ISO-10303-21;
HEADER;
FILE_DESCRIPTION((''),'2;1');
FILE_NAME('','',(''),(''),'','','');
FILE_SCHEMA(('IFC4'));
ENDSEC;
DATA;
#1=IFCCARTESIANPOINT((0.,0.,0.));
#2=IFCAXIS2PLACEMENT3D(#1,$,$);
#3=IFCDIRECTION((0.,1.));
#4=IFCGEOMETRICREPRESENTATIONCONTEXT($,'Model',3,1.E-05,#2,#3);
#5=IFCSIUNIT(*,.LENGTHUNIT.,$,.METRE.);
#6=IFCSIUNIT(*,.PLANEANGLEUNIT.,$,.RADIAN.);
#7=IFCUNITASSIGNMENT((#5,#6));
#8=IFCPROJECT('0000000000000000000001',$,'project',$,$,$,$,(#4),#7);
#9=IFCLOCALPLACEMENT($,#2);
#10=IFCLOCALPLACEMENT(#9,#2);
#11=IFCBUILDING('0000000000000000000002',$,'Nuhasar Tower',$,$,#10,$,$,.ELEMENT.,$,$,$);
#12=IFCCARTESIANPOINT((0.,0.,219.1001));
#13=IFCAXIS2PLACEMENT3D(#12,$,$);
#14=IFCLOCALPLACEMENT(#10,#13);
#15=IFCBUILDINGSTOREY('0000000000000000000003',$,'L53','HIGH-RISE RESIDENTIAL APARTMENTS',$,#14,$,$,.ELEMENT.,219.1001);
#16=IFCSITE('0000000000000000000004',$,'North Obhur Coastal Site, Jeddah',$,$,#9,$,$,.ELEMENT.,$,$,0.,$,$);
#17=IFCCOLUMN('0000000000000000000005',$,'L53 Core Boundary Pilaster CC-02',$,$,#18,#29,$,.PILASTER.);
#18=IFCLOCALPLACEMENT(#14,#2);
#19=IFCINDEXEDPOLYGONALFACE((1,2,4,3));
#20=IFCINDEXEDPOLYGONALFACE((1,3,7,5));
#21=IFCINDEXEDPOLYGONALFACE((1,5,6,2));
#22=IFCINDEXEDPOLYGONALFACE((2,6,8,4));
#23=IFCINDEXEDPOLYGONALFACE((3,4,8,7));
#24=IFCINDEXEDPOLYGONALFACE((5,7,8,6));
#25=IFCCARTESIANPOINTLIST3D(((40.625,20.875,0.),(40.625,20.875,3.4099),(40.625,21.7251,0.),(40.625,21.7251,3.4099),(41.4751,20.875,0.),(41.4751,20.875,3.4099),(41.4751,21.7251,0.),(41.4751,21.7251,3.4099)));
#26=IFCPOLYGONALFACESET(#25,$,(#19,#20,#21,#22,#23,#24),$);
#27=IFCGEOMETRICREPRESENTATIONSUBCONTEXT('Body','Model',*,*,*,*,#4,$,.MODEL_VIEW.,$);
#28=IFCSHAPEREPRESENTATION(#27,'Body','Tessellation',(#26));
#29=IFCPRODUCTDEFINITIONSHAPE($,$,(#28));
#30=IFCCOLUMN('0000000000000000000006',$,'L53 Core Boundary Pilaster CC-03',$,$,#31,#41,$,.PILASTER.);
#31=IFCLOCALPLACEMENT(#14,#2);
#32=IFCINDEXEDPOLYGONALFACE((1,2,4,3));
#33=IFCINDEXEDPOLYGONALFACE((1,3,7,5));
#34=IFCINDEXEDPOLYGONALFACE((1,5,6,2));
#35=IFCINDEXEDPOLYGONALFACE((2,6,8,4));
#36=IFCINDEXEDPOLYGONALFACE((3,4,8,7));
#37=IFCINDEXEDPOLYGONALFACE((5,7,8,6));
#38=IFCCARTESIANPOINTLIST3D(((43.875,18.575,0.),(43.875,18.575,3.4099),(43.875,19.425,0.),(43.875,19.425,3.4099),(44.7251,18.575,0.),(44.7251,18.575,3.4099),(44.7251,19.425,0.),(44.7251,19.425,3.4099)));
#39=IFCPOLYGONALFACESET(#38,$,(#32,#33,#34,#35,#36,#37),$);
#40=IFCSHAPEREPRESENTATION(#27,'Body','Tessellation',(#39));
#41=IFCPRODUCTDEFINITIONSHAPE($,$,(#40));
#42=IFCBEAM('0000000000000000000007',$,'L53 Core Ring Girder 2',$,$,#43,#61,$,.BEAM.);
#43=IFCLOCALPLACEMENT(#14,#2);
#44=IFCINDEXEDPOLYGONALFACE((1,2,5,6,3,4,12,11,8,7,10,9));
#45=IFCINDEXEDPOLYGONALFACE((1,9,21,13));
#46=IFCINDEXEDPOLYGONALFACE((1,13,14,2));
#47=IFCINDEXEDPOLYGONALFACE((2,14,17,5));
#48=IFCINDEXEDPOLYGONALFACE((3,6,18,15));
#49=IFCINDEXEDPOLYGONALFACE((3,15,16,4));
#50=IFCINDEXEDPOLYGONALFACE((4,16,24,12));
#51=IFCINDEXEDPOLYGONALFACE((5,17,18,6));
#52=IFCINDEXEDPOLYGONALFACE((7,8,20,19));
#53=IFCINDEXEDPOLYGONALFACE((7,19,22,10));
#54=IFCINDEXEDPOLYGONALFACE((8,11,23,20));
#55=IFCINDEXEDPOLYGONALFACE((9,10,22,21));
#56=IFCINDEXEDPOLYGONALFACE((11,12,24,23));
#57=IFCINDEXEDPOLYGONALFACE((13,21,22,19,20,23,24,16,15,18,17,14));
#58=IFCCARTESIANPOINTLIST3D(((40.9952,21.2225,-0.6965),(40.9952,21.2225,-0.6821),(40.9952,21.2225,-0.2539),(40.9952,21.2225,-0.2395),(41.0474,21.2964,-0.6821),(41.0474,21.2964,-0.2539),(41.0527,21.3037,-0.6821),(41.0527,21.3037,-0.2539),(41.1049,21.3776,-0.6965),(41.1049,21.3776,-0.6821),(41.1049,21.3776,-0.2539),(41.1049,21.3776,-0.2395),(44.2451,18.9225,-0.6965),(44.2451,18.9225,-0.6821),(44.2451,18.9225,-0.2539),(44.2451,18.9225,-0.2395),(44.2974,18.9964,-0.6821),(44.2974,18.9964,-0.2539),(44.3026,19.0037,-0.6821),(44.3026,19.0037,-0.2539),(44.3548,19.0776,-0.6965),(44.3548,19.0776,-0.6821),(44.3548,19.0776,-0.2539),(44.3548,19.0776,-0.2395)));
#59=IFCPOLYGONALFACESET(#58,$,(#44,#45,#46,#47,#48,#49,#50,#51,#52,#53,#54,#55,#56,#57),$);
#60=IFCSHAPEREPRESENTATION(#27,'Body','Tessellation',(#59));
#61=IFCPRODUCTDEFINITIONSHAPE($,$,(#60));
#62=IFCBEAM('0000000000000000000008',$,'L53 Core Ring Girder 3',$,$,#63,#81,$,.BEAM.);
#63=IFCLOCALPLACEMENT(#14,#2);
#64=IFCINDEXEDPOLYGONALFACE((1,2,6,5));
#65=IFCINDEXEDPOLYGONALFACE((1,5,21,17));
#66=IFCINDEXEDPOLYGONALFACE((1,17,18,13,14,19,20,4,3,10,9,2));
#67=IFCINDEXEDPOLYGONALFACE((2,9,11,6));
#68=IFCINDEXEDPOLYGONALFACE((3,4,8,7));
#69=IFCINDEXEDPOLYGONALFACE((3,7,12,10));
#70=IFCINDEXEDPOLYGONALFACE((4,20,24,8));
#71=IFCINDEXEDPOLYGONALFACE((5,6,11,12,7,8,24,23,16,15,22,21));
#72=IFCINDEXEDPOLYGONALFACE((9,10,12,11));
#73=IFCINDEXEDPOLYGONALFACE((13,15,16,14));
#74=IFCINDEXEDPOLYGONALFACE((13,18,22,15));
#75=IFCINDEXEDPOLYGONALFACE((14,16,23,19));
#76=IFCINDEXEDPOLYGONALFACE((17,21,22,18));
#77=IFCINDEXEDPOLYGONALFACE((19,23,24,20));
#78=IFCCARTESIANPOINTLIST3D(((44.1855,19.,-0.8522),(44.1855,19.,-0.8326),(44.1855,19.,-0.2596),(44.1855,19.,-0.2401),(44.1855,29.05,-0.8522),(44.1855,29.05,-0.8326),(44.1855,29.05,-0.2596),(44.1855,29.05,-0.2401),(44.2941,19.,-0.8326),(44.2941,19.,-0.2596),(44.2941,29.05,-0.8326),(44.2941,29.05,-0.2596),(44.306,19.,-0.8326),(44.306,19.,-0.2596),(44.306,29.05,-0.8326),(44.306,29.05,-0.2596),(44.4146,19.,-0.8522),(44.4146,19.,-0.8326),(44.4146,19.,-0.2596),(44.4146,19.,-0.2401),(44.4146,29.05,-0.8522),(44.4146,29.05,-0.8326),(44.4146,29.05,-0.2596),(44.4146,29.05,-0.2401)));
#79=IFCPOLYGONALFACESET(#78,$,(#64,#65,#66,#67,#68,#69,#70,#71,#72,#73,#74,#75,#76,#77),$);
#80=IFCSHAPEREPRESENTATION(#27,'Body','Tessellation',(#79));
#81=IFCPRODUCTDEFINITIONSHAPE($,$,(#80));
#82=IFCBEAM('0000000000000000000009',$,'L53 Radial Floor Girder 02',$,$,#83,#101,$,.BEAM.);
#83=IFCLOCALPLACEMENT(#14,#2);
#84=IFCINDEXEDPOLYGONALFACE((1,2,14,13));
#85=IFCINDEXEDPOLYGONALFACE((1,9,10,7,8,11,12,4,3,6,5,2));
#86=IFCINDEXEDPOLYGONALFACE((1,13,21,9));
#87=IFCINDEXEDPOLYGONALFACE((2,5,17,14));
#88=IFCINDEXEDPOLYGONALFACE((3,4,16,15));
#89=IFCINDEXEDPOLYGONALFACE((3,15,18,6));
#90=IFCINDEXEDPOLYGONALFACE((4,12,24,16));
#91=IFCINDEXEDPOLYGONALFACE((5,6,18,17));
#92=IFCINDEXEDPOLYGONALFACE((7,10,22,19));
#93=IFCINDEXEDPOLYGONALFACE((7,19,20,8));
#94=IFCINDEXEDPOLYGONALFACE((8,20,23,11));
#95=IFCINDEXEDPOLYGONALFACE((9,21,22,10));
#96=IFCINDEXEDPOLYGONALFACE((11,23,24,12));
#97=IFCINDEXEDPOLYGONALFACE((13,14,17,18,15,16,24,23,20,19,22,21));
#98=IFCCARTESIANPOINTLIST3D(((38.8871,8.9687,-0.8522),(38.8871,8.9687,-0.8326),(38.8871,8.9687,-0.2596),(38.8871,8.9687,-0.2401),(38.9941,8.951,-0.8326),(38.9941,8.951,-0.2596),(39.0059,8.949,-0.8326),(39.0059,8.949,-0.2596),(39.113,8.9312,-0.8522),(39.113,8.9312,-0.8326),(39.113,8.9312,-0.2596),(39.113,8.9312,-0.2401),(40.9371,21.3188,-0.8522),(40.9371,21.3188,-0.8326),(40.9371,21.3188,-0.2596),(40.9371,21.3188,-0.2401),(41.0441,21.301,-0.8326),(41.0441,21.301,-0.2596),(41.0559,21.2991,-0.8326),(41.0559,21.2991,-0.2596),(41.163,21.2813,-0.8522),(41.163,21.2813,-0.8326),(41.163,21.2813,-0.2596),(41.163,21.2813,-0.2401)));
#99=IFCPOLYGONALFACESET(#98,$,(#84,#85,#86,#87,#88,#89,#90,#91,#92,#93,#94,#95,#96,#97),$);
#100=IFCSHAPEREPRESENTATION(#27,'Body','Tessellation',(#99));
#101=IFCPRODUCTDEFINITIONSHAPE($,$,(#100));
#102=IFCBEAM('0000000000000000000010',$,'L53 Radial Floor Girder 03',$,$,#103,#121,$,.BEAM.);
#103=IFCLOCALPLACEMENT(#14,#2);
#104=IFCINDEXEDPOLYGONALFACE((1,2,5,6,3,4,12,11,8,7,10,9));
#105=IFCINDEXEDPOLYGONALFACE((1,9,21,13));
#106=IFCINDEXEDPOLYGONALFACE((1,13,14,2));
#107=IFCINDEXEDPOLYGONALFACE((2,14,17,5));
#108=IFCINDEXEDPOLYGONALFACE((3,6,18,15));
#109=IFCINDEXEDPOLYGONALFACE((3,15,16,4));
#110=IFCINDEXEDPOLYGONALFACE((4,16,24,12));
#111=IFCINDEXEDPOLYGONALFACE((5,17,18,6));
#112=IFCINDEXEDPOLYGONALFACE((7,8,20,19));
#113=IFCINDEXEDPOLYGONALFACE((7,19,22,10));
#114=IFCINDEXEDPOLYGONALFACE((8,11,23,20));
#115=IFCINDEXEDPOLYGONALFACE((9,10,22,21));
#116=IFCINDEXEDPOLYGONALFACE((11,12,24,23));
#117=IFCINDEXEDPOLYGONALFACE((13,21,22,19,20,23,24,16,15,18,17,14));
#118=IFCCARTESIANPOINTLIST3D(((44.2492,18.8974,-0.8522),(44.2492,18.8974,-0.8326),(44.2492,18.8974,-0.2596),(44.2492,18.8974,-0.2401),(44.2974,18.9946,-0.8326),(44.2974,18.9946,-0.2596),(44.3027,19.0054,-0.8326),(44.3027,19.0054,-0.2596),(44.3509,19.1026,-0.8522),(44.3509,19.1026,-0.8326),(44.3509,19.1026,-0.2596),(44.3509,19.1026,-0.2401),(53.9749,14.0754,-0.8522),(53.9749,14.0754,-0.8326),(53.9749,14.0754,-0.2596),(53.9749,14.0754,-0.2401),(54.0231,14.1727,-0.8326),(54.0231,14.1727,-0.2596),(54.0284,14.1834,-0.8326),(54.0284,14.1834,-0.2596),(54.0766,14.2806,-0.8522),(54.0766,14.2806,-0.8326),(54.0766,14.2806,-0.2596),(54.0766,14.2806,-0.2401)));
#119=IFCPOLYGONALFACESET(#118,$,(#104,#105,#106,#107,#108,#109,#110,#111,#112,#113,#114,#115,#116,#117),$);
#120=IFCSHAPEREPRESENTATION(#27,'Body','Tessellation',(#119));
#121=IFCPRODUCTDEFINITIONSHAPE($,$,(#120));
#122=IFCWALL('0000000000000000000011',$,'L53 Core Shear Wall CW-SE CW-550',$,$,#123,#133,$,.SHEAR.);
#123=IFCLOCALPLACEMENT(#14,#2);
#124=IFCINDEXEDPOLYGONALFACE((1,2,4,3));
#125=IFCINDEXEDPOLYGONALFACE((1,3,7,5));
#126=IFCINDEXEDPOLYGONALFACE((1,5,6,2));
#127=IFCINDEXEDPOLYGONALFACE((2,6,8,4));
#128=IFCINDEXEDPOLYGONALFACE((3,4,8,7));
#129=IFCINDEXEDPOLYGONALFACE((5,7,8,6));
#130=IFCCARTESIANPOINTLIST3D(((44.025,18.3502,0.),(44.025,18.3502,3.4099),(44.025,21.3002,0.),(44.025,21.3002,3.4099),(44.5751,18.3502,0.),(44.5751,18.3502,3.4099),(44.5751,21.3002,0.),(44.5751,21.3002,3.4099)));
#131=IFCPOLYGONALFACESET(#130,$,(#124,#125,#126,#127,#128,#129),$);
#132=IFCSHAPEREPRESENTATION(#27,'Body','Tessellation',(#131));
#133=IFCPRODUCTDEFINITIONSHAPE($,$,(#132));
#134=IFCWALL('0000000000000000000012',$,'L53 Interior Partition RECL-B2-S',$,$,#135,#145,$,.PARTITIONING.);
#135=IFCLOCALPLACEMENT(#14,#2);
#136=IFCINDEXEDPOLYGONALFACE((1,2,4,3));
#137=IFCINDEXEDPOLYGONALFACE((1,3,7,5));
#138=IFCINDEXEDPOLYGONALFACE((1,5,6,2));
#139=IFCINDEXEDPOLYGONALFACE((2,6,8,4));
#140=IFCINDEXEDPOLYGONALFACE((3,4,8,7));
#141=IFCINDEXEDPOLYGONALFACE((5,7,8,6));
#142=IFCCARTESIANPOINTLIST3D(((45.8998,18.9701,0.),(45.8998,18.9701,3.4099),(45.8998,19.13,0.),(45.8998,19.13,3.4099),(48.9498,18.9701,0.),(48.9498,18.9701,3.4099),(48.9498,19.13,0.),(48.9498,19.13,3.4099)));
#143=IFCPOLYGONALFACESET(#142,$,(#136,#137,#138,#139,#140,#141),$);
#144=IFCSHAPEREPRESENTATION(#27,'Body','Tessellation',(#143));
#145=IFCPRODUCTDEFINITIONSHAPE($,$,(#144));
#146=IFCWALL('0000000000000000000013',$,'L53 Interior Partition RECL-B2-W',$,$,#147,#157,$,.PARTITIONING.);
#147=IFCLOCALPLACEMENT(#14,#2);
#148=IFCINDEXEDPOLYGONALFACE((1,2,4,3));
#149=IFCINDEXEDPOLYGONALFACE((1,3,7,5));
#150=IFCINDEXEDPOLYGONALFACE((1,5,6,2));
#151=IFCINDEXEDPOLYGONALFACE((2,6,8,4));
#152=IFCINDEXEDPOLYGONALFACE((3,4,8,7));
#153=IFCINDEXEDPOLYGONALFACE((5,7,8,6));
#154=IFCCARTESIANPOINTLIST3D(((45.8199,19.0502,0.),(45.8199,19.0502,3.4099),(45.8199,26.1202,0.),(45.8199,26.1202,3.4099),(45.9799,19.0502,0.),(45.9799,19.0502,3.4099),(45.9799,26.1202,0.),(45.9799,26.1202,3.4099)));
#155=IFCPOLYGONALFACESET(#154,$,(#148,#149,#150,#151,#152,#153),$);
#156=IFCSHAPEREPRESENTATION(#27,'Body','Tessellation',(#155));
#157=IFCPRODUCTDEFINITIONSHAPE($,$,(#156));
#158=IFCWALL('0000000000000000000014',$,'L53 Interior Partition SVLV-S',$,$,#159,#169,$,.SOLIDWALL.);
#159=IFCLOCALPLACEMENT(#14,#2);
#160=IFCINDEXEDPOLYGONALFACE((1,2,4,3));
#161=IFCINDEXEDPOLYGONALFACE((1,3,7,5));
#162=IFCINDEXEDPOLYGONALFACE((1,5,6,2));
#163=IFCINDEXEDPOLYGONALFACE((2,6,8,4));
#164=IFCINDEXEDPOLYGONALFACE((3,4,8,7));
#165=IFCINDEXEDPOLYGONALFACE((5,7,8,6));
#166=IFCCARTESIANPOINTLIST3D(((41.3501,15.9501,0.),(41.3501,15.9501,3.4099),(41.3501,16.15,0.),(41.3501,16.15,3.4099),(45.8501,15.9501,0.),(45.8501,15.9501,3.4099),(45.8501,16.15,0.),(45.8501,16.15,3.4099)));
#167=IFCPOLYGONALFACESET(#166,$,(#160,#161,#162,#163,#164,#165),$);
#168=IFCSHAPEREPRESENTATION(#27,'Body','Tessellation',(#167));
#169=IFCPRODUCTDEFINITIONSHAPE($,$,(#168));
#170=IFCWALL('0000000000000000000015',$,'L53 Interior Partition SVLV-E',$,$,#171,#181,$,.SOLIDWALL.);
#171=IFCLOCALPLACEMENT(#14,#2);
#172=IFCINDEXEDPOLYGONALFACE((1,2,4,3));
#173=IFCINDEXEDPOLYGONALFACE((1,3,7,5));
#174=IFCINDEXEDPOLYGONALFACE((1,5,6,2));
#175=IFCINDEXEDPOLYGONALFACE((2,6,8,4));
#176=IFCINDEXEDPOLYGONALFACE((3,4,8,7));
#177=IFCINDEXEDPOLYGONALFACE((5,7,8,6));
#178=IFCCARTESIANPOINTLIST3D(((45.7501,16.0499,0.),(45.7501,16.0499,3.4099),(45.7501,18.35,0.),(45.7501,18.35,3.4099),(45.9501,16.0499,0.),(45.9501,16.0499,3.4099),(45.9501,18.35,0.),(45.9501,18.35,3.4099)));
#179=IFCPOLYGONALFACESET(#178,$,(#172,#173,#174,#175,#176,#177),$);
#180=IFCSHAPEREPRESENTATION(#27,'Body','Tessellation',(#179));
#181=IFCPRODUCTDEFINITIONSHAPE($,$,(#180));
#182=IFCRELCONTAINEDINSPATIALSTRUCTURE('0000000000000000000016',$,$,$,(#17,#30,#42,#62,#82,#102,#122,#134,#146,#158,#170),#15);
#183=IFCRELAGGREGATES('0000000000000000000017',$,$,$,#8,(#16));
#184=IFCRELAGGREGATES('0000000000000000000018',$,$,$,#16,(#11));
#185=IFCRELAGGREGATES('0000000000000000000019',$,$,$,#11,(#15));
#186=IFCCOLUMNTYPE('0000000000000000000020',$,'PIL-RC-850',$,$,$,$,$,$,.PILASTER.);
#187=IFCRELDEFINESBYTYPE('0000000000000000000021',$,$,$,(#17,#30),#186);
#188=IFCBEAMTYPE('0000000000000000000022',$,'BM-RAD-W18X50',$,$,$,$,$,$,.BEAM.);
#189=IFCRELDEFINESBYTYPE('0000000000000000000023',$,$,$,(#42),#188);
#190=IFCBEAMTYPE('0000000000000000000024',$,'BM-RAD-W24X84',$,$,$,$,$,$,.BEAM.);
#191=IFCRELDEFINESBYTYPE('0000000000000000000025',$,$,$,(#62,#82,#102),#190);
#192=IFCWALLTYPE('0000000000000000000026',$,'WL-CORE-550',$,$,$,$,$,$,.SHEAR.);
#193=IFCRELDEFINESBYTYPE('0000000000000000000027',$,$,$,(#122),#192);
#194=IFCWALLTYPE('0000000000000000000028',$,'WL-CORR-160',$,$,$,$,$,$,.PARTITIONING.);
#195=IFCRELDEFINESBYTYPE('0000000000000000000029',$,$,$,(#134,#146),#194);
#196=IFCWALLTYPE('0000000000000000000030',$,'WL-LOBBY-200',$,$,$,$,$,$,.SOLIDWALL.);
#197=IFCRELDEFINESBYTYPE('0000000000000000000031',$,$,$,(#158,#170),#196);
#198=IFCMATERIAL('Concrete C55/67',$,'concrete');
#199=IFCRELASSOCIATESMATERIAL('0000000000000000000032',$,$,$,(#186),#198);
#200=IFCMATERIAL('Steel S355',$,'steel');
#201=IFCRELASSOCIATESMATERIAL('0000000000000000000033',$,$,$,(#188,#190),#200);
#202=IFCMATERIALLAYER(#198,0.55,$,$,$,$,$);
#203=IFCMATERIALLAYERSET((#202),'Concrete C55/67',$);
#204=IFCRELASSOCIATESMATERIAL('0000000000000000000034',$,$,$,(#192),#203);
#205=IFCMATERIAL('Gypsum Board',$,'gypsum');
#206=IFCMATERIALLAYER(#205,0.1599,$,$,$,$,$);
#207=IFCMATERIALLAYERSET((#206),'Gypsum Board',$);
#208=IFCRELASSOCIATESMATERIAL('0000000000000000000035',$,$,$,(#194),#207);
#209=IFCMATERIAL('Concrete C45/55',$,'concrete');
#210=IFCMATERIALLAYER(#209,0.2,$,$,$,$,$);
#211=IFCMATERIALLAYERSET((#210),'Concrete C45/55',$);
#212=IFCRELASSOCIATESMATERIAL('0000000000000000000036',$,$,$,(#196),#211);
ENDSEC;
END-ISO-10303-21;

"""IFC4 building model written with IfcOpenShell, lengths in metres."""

from ifc_helpers import new_model, si_unit, direction, frame, frame_2d, origin, origin_2d, place, context, subcontext, project, spatial, rectangle, i_section, extrude, material, layer, layer_set, material_profile, profile_set, type_object, element, save


model = new_model("IFC4")

# Units and contexts
model_context = context("Model", 3, precision=1e-05, world=origin(), true_north=direction((0.0, 1.0)))
body_context = subcontext(model_context, "Body", "Model", "MODEL_VIEW")
ifc_project = project(units=[si_unit("LENGTHUNIT", "METRE"), si_unit("PLANEANGLEUNIT", "RADIAN")], contexts=[model_context])

# Site, building, storey
site_placement = place(None, origin())
site = spatial("IfcSite", under=ifc_project, at=site_placement, Name="North Obhur Coastal Site, Jeddah", CompositionType="ELEMENT", RefElevation=0.0)
building_placement = place(site_placement, origin())
building = spatial("IfcBuilding", under=site, at=building_placement, Name="Nuhasar Tower", CompositionType="ELEMENT")
storey_placement = place(building_placement, frame((0.0, 0.0, 219.1001)))
storey = spatial("IfcBuildingStorey", under=building, at=storey_placement, Name="L53", Description="HIGH-RISE RESIDENTIAL APARTMENTS", CompositionType="ELEMENT", Elevation=219.1001)

# Columns
ifc_material_1 = material(Name="Concrete C55/67", Category="concrete")
ifc_material_profile_1 = material_profile(ifc_material_1, rectangle(XDim=0.8501, YDim=0.8501, at=origin_2d()), Name="RC850X850")
ifc_profile_set_1 = profile_set([ifc_material_profile_1], Name="Concrete C55/67")
column_type = type_object("IfcColumnType", Name="PIL-RC-850", PredefinedType="PILASTER", material=ifc_profile_set_1)
for number, where, z_axis, x_axis, name in (
    (1, (41.05, 21.3, 0.0), (0.0, 0.0, 1.0), (1.0, 0.0, 0.0), "L53 Core Boundary Pilaster CC-02"),
    (2, (44.3, 19.0, 0.0), (0.0, 0.0, 1.0), (1.0, 0.0, 0.0), "L53 Core Boundary Pilaster CC-03"),
):
    element("IfcColumn", number, at=place(storey_placement, frame(where, z_axis=z_axis, x_axis=x_axis)), inside=storey, type_object=column_type, Name=name, PredefinedType="PILASTER", context=body_context, shape_type="SweptSolid", body=[
        extrude(rectangle(XDim=0.8501, YDim=0.8501, at=origin_2d()), origin(), (0.0, 0.0, 1.0), 3.4099),
    ])

# Beams
ifc_material_2 = material(Name="Steel S355", Category="steel")
ifc_material_profile_2 = material_profile(ifc_material_2, i_section(OverallWidth=0.1899, OverallDepth=0.457, WebThickness=0.009, FlangeThickness=0.0144, at=origin_2d()), Name="W18X50")
ifc_profile_set_2 = profile_set([ifc_material_profile_2], Name="Steel S355")
beam_type_1 = type_object("IfcBeamType", Name="BM-RAD-W18X50", PredefinedType="BEAM", material=ifc_profile_set_2)
beam_1_placement = place(storey_placement, frame((41.05, 21.3, -0.468), z_axis=(0.816265, -0.577677, 0.0), x_axis=(0.577677, 0.816265, 0.0)))
element("IfcBeam", 3, at=beam_1_placement, inside=storey, type_object=beam_type_1, Name="L53 Core Ring Girder 2", PredefinedType="BEAM", context=body_context, shape_type="SweptSolid", body=[
    extrude(i_section(OverallWidth=0.1899, OverallDepth=0.457, WebThickness=0.009, FlangeThickness=0.0144, at=origin_2d()), origin(), (0.0, 0.0, 1.0), 3.9814),
])
ifc_material_profile_3 = material_profile(ifc_material_2, i_section(OverallWidth=0.229, OverallDepth=0.6121, WebThickness=0.012, FlangeThickness=0.0195, at=origin_2d()), Name="W24X84")
ifc_profile_set_3 = profile_set([ifc_material_profile_3], Name="Steel S355")
beam_type_2 = type_object("IfcBeamType", Name="BM-RAD-W24X84", PredefinedType="BEAM", material=ifc_profile_set_3)
beam_2_placement = place(storey_placement, frame((44.3, 19.0, -0.5461), z_axis=(0.0, 1.0, 0.0), x_axis=(-1.0, 0.0, 0.0)))
element("IfcBeam", 4, at=beam_2_placement, inside=storey, type_object=beam_type_2, Name="L53 Core Ring Girder 3", PredefinedType="BEAM", context=body_context, shape_type="SweptSolid", body=[
    extrude(i_section(OverallWidth=0.229, OverallDepth=0.6121, WebThickness=0.012, FlangeThickness=0.0195, at=origin_2d()), origin(), (0.0, 0.0, 1.0), 10.05),
])
beam_3_placement = place(storey_placement, frame((41.05, 21.3, -0.5461), z_axis=(-0.163754, -0.986501, 0.0), x_axis=(0.986501, -0.163754, 0.0)))
element("IfcBeam", 5, at=beam_3_placement, inside=storey, type_object=beam_type_2, Name="L53 Radial Floor Girder 02", PredefinedType="BEAM", context=body_context, shape_type="SweptSolid", body=[
    extrude(i_section(OverallWidth=0.229, OverallDepth=0.6121, WebThickness=0.012, FlangeThickness=0.0195, at=origin_2d()), origin(), (0.0, 0.0, 1.0), 12.519),
])
beam_4_placement = place(storey_placement, frame((44.3, 19.0, -0.5461), z_axis=(0.895929, -0.444197, 0.0), x_axis=(0.444197, 0.895929, 0.0)))
element("IfcBeam", 6, at=beam_4_placement, inside=storey, type_object=beam_type_2, Name="L53 Radial Floor Girder 03", PredefinedType="BEAM", context=body_context, shape_type="SweptSolid", body=[
    extrude(i_section(OverallWidth=0.229, OverallDepth=0.6121, WebThickness=0.012, FlangeThickness=0.0195, at=origin_2d()), origin(), (0.0, 0.0, 1.0), 10.8555),
])

# Walls
ifc_layer_1 = layer(ifc_material_1, 0.55)
ifc_layer_set_1 = layer_set([ifc_layer_1], Name="Concrete C55/67")
wall_type_1 = type_object("IfcWallType", Name="WL-CORE-550", PredefinedType="SHEAR", material=ifc_layer_set_1)
wall_1_placement = place(storey_placement, frame((44.3, 18.3501, 0.0), z_axis=(0.0, 0.0, 1.0), x_axis=(0.0, 1.0, 0.0)))
element("IfcWall", 7, at=wall_1_placement, inside=storey, type_object=wall_type_1, Name="L53 Core Shear Wall CW-SE CW-550", PredefinedType="SHEAR", context=body_context, shape_type="SweptSolid", body=[
    extrude(rectangle(XDim=2.95, YDim=0.55, at=frame_2d((1.4751, 0.0))), origin(), (0.0, 0.0, 1.0), 3.4099),
])
ifc_material_3 = material(Name="Gypsum Board", Category="gypsum")
ifc_layer_2 = layer(ifc_material_3, 0.1599)
ifc_layer_set_2 = layer_set([ifc_layer_2], Name="Gypsum Board")
wall_type_2 = type_object("IfcWallType", Name="WL-CORR-160", PredefinedType="PARTITIONING", material=ifc_layer_set_2)
wall_2_placement = place(storey_placement, frame((45.8999, 19.05, 0.0), z_axis=(0.0, 0.0, 1.0), x_axis=(1.0, 0.0, 0.0)))
element("IfcWall", 8, at=wall_2_placement, inside=storey, type_object=wall_type_2, Name="L53 Interior Partition RECL-B2-S", PredefinedType="PARTITIONING", context=body_context, shape_type="SweptSolid", body=[
    extrude(rectangle(XDim=3.05, YDim=0.1599, at=frame_2d((1.5249, 0.0))), origin(), (0.0, 0.0, 1.0), 3.4099),
])
wall_3_placement = place(storey_placement, frame((45.8999, 19.05, 0.0), z_axis=(0.0, 0.0, 1.0), x_axis=(0.0, 1.0, 0.0)))
element("IfcWall", 9, at=wall_3_placement, inside=storey, type_object=wall_type_2, Name="L53 Interior Partition RECL-B2-W", PredefinedType="PARTITIONING", context=body_context, shape_type="SweptSolid", body=[
    extrude(rectangle(XDim=7.0701, YDim=0.1599, at=frame_2d((3.5352, 0.0))), origin(), (0.0, 0.0, 1.0), 3.4099),
])

# Shared definitions
ifc_material_4 = material(Name="Concrete C45/55", Category="concrete")
ifc_layer_3 = layer(ifc_material_4, 0.2)
ifc_layer_set_3 = layer_set([ifc_layer_3], Name="Concrete C45/55")
wall_type_3 = type_object("IfcWallType", Name="WL-LOBBY-200", PredefinedType="SOLIDWALL", material=ifc_layer_set_3)

# Walls
wall_4_placement = place(storey_placement, frame((41.3501, 16.05, 0.0), z_axis=(0.0, 0.0, 1.0), x_axis=(1.0, 0.0, 0.0)))
element("IfcWall", 10, at=wall_4_placement, inside=storey, type_object=wall_type_3, Name="L53 Interior Partition SVLV-S", PredefinedType="SOLIDWALL", context=body_context, shape_type="SweptSolid", body=[
    extrude(rectangle(XDim=4.5, YDim=0.2, at=frame_2d((2.25, 0.0))), origin(), (0.0, 0.0, 1.0), 3.4099),
])
wall_5_placement = place(storey_placement, frame((45.8501, 16.05, 0.0), z_axis=(0.0, 0.0, 1.0), x_axis=(0.0, 1.0, 0.0)))
element("IfcWall", 11, at=wall_5_placement, inside=storey, type_object=wall_type_3, Name="L53 Interior Partition SVLV-E", PredefinedType="SOLIDWALL", context=body_context, shape_type="SweptSolid", body=[
    extrude(rectangle(XDim=2.3, YDim=0.2, at=frame_2d((1.1499, 0.0))), origin(), (0.0, 0.0, 1.0), 3.4099),
])

save(model, "model.ifc")
